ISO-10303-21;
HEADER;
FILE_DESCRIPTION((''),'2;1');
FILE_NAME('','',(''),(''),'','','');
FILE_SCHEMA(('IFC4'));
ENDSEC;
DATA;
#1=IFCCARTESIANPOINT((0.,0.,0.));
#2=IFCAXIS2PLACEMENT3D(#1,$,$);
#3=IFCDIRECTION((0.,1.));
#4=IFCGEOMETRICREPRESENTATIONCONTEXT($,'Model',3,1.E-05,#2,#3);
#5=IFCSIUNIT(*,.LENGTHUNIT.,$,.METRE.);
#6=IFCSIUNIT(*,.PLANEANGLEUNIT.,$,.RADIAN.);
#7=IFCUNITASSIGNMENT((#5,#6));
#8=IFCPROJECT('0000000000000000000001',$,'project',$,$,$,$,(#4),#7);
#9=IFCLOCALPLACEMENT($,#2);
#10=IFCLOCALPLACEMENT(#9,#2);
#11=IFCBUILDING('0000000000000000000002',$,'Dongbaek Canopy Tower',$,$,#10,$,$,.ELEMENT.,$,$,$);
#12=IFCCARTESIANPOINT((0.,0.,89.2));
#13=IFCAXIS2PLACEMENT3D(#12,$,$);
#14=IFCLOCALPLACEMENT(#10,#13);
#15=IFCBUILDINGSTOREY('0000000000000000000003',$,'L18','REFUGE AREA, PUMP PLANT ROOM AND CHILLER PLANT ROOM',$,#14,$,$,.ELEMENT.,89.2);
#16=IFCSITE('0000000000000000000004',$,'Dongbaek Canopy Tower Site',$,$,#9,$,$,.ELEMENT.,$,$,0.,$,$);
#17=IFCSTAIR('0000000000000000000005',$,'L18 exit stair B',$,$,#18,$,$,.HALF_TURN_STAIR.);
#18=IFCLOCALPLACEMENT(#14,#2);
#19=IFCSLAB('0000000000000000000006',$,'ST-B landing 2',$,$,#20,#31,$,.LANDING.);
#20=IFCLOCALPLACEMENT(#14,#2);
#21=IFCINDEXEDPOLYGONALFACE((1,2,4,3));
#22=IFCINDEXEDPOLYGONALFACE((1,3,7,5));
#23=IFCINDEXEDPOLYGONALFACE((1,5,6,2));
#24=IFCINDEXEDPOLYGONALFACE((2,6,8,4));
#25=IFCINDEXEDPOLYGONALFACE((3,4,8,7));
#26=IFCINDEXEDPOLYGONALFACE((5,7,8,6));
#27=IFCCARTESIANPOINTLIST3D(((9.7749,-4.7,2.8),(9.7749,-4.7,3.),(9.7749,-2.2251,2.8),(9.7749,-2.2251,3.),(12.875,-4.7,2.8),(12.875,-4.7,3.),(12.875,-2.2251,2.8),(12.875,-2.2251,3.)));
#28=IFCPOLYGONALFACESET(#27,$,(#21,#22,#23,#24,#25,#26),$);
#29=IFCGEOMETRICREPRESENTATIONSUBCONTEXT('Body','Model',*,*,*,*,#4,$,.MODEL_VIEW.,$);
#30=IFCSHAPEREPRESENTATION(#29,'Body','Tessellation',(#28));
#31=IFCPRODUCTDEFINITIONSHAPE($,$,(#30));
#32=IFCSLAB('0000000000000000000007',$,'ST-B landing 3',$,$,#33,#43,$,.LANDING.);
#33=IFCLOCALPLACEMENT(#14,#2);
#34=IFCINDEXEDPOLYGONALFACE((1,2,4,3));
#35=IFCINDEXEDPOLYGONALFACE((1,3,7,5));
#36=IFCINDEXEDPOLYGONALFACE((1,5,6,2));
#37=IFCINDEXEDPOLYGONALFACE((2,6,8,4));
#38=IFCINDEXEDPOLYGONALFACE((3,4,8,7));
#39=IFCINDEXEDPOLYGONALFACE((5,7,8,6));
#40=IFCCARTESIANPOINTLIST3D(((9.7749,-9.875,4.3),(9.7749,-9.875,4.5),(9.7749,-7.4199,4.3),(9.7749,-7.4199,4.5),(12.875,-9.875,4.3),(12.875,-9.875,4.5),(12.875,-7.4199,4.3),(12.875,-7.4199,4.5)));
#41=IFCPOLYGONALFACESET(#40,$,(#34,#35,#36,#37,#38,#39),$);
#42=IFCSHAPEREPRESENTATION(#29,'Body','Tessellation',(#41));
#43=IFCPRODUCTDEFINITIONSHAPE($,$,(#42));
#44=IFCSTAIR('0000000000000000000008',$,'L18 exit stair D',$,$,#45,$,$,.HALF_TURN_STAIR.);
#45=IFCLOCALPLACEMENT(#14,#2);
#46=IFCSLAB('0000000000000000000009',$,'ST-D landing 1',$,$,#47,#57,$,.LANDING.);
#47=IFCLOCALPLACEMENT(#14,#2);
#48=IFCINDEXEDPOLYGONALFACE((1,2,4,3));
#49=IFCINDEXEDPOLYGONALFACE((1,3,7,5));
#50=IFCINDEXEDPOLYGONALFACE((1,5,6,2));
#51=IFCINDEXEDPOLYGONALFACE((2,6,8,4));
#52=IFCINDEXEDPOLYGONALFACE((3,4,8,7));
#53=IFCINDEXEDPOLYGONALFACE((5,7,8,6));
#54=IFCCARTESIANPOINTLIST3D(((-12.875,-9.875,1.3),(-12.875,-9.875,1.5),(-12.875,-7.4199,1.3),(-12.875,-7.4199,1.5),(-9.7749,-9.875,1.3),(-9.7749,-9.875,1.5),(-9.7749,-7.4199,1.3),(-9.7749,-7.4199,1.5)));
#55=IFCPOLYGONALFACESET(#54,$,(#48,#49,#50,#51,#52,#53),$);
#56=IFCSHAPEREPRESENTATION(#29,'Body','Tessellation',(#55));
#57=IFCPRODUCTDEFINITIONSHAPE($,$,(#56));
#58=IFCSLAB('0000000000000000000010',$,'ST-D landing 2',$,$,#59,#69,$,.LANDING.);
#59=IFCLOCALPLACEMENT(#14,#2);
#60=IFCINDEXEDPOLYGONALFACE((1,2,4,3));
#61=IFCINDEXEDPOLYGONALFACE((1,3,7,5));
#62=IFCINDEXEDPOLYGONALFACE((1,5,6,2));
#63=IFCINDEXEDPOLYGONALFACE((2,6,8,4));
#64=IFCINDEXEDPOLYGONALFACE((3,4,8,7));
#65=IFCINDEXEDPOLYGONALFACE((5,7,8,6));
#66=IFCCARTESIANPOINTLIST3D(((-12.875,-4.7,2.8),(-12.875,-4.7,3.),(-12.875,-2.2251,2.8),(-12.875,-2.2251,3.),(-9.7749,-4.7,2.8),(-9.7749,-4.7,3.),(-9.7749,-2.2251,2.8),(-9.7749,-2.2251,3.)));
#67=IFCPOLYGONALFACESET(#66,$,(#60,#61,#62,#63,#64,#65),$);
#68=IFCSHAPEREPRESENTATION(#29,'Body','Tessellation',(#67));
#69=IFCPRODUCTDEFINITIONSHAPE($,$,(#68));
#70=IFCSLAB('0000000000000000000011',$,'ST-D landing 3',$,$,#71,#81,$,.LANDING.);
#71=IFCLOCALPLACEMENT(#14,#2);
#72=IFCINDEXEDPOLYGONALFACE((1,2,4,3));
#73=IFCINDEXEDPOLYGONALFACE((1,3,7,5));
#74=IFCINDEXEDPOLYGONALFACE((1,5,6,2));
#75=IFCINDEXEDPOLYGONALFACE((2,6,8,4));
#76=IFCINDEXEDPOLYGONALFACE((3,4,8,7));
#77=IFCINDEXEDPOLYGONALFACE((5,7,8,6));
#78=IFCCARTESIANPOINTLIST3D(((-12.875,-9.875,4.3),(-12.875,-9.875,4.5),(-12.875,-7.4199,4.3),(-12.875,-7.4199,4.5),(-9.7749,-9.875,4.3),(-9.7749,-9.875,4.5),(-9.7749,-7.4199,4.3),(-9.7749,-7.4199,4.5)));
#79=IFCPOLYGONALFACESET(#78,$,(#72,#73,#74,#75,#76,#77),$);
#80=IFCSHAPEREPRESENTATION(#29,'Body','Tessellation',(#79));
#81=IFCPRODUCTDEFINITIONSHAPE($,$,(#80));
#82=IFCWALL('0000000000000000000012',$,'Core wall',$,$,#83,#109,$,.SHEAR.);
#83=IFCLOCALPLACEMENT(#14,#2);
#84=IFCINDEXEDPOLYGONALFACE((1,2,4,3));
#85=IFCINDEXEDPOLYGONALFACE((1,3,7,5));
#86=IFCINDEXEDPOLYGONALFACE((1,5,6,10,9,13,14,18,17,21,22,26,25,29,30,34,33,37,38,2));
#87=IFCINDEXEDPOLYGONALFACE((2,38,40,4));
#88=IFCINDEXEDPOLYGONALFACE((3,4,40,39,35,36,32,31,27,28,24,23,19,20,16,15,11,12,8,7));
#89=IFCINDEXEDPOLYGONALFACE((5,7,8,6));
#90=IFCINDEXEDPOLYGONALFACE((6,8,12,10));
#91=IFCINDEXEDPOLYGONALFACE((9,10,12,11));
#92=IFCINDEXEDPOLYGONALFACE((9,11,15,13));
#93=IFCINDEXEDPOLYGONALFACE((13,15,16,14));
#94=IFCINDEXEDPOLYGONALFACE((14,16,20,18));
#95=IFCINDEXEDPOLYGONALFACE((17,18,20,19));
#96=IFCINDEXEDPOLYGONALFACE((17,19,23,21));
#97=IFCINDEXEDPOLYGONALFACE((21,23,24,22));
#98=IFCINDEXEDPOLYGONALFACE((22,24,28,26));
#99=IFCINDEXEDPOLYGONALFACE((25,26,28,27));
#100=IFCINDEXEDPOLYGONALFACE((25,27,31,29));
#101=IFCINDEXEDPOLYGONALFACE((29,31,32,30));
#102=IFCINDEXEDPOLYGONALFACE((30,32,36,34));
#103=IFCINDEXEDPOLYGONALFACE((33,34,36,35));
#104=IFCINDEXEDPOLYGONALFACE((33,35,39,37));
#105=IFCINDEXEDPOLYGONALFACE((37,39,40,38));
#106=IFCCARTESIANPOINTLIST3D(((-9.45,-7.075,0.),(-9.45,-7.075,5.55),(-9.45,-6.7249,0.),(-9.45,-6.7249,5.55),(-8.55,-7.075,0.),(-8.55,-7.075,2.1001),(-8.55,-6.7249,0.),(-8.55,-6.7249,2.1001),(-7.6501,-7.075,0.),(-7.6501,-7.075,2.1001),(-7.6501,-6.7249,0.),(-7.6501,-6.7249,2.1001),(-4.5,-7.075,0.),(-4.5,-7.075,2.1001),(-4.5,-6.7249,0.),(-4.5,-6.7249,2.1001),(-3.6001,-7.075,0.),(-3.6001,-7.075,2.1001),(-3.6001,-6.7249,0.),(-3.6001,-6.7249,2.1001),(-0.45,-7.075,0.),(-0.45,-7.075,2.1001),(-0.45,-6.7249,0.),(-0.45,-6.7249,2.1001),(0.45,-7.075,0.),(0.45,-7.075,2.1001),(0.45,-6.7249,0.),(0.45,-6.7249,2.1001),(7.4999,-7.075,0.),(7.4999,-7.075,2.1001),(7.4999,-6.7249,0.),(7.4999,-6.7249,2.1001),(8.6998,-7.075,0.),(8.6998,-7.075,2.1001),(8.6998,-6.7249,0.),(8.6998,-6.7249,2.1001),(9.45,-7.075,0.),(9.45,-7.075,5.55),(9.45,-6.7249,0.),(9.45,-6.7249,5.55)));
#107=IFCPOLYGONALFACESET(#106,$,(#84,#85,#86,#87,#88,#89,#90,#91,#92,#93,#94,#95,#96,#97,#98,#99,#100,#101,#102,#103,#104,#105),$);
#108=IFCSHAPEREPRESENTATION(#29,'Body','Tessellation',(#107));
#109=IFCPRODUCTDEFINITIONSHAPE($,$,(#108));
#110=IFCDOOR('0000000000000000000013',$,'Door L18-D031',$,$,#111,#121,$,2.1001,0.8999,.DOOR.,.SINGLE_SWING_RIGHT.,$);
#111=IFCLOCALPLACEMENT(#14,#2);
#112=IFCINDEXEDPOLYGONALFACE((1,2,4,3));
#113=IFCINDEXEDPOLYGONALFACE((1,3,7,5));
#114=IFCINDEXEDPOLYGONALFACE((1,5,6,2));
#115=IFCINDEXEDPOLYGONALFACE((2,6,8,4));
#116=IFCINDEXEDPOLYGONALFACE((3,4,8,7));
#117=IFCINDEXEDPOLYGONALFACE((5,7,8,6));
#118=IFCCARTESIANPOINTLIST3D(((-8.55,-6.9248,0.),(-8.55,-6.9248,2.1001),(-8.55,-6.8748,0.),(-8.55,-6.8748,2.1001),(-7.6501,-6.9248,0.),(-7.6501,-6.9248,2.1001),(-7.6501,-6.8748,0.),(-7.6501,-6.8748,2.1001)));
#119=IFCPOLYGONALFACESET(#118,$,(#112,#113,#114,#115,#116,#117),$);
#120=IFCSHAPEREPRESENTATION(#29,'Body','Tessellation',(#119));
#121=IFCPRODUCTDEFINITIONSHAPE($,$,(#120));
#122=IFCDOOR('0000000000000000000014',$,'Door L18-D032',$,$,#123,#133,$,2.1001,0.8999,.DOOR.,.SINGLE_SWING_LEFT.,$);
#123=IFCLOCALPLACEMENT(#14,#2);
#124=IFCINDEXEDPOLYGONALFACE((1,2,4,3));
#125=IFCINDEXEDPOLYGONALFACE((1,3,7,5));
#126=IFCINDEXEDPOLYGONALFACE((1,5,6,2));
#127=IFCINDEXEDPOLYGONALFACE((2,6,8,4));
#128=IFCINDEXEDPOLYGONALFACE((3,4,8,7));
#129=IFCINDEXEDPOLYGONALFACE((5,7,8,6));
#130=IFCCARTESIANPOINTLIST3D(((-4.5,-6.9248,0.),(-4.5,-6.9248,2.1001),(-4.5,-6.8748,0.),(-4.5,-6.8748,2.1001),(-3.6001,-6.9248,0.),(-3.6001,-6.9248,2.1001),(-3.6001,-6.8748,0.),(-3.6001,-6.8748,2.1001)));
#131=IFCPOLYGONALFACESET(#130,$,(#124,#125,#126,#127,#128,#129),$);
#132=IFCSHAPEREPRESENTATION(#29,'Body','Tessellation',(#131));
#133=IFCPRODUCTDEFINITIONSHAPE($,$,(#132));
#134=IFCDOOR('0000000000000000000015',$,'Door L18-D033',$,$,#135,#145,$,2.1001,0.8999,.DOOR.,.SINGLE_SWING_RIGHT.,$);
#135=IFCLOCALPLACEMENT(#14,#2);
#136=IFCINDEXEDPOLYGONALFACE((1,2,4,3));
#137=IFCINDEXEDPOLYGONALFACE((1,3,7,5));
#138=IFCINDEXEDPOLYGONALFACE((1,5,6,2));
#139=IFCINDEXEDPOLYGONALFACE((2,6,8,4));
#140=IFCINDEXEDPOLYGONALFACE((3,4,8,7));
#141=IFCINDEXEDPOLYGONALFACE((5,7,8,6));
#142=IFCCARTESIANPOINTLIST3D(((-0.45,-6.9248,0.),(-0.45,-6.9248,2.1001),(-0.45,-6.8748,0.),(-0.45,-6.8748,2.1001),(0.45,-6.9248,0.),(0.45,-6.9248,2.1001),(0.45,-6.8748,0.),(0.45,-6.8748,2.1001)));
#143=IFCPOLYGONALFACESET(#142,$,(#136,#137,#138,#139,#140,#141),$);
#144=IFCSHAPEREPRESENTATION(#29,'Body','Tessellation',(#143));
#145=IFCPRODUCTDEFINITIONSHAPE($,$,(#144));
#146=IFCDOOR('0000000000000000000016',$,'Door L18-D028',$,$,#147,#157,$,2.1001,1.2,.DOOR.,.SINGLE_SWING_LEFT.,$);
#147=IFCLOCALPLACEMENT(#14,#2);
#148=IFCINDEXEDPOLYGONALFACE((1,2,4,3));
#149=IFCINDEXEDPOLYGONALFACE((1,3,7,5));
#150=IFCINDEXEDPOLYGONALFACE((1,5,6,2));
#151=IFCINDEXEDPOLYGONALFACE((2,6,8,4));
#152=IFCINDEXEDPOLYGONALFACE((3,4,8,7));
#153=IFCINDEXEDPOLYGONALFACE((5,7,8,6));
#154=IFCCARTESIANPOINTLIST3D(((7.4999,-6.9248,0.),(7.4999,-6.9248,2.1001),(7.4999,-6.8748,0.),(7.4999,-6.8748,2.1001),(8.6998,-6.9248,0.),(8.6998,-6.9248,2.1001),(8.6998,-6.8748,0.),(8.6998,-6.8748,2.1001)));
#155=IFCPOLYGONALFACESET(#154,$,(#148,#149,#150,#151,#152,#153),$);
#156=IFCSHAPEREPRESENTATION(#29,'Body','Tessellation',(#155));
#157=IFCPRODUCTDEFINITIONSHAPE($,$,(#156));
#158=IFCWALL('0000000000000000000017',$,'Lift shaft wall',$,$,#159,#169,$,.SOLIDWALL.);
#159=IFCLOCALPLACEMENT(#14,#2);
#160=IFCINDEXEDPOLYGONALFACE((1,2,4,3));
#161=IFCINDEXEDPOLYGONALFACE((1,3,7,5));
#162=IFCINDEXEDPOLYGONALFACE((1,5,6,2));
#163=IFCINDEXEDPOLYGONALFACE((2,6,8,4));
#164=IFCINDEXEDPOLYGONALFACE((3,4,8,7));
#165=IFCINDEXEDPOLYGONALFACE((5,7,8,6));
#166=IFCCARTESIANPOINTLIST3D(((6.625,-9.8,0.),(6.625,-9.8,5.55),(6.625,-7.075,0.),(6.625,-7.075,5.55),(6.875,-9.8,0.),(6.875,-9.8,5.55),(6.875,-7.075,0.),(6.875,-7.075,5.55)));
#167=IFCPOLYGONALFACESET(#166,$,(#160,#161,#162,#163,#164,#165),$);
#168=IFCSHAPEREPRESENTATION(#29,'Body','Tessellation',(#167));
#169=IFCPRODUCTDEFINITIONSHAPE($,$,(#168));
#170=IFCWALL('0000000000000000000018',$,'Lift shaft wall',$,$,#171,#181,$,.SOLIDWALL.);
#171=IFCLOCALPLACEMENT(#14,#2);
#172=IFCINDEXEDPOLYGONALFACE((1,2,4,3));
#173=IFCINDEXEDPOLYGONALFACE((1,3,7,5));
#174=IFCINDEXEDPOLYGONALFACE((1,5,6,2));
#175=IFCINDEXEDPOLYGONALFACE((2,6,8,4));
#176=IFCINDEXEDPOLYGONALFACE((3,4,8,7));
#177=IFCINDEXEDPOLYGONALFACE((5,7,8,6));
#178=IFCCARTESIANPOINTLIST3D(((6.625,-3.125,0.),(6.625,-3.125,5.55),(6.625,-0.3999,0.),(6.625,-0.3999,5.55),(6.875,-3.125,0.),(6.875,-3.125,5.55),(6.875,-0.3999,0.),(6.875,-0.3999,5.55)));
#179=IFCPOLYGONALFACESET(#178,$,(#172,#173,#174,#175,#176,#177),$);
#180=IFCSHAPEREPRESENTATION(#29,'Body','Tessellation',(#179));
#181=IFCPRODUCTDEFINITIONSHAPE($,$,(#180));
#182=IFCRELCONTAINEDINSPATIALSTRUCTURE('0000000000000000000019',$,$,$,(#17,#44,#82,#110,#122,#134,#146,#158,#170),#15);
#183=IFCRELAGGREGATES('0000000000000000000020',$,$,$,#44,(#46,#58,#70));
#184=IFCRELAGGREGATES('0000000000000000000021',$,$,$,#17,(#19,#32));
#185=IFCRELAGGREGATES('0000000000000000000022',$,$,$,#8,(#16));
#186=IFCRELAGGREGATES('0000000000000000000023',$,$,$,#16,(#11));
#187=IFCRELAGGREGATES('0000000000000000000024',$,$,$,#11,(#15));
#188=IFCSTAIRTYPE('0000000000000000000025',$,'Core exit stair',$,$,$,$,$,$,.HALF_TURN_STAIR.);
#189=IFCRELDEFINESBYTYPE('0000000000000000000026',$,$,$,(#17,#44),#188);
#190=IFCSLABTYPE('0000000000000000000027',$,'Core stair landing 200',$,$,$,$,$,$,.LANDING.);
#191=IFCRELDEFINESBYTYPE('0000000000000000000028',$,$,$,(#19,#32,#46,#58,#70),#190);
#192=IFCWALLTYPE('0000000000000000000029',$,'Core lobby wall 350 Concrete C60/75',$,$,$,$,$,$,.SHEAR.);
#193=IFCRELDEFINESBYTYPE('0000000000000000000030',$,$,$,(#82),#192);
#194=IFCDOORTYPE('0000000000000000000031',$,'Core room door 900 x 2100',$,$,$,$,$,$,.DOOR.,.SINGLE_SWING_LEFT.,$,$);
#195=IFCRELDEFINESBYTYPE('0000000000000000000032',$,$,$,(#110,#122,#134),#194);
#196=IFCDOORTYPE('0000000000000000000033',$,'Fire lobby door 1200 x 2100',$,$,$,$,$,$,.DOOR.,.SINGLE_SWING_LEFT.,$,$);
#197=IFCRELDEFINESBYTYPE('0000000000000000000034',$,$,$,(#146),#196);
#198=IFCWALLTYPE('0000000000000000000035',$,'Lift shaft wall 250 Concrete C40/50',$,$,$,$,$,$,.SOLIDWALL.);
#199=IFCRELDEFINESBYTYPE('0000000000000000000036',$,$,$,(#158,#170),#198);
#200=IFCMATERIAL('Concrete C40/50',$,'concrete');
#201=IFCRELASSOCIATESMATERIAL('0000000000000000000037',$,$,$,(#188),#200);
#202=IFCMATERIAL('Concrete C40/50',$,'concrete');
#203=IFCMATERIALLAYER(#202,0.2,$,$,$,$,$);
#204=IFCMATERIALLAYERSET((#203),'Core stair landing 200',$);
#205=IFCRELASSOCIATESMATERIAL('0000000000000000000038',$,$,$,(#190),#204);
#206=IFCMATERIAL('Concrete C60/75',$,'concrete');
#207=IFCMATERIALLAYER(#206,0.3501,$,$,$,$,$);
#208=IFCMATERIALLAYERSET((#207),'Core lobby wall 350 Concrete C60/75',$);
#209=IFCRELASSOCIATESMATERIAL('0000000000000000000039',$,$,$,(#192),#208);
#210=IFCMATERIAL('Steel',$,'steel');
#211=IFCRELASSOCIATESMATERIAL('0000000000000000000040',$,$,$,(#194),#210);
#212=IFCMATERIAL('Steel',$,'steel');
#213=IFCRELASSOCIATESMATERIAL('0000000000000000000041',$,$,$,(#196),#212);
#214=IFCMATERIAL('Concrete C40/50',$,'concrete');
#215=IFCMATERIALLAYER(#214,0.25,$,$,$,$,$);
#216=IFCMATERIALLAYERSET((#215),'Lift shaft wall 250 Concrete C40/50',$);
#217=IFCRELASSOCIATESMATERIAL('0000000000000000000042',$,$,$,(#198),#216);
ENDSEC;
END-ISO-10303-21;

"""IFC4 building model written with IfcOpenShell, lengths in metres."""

from ifc_helpers import new_model, si_unit, direction, frame, frame_2d, origin, place, context, subcontext, project, spatial, polyline, rectangle, outline, extrude, material, layer, layer_set, type_object, element, fill, aggregate, save


model = new_model("IFC4")

# Units and contexts
model_context = context("Model", 3, precision=1e-05, world=origin(), true_north=direction((0.0, 1.0)))
body_context = subcontext(model_context, "Body", "Model", "MODEL_VIEW")
ifc_project = project(units=[si_unit("LENGTHUNIT", "METRE"), si_unit("PLANEANGLEUNIT", "RADIAN")], contexts=[model_context])

# Site, building, storey
site_placement = place(None, origin())
site = spatial("IfcSite", under=ifc_project, at=site_placement, Name="Dongbaek Canopy Tower Site", CompositionType="ELEMENT", RefElevation=0.0)
building_placement = place(site_placement, origin())
building = spatial("IfcBuilding", under=site, at=building_placement, Name="Dongbaek Canopy Tower", CompositionType="ELEMENT")
storey_placement = place(building_placement, frame((0.0, 0.0, 89.2)))
storey = spatial("IfcBuildingStorey", under=building, at=storey_placement, Name="L18", Description="REFUGE AREA, PUMP PLANT ROOM AND CHILLER PLANT ROOM", CompositionType="ELEMENT", Elevation=89.2)

# Stairs, slabs
ifc_material_1 = material(Name="Concrete C40/50", Category="concrete")
stair_type = type_object("IfcStairType", Name="Core exit stair", PredefinedType="HALF_TURN_STAIR", material=ifc_material_1)
stair_1_placement = place(storey_placement, origin())
stair_1 = element("IfcStair", 1, at=stair_1_placement, inside=storey, type_object=stair_type, Name="L18 exit stair B", PredefinedType="HALF_TURN_STAIR")
ifc_material_2 = material(Name="Concrete C40/50", Category="concrete")
ifc_layer_1 = layer(ifc_material_2, 0.2)
ifc_layer_set_1 = layer_set([ifc_layer_1], Name="Core stair landing 200")
slab_type = type_object("IfcSlabType", Name="Core stair landing 200", PredefinedType="LANDING", material=ifc_layer_set_1)
slab_1_placement = place(storey_placement, frame((0.0, 0.0, 2.8)))
slab_1 = element("IfcSlab", 2, at=slab_1_placement, type_object=slab_type, Name="ST-B landing 2", PredefinedType="LANDING", context=body_context, shape_type="SweptSolid", body=[
    extrude(outline(polyline([(9.7749, -2.2251), (9.7749, -4.7), (12.875, -4.7), (12.875, -2.2251), (9.7749, -2.2251)])), origin(), (0.0, 0.0, 1.0), 0.2),
])
slab_2_placement = place(storey_placement, frame((0.0, 0.0, 4.3)))
slab_2 = element("IfcSlab", 3, at=slab_2_placement, type_object=slab_type, Name="ST-B landing 3", PredefinedType="LANDING", context=body_context, shape_type="SweptSolid", body=[
    extrude(outline(polyline([(9.7749, -7.4199), (9.7749, -9.875), (12.875, -9.875), (12.875, -7.4199), (9.7749, -7.4199)])), origin(), (0.0, 0.0, 1.0), 0.2),
])
stair_2_placement = place(storey_placement, origin())
stair_2 = element("IfcStair", 4, at=stair_2_placement, inside=storey, type_object=stair_type, Name="L18 exit stair D", PredefinedType="HALF_TURN_STAIR")
slab_3_placement = place(storey_placement, frame((0.0, 0.0, 1.3)))
slab_3 = element("IfcSlab", 5, at=slab_3_placement, type_object=slab_type, Name="ST-D landing 1", PredefinedType="LANDING", context=body_context, shape_type="SweptSolid", body=[
    extrude(outline(polyline([(-12.875, -7.4199), (-12.875, -9.875), (-9.7749, -9.875), (-9.7749, -7.4199), (-12.875, -7.4199)])), origin(), (0.0, 0.0, 1.0), 0.2),
])
slab_4_placement = place(storey_placement, frame((0.0, 0.0, 2.8)))
slab_4 = element("IfcSlab", 6, at=slab_4_placement, type_object=slab_type, Name="ST-D landing 2", PredefinedType="LANDING", context=body_context, shape_type="SweptSolid", body=[
    extrude(outline(polyline([(-12.875, -2.2251), (-12.875, -4.7), (-9.7749, -4.7), (-9.7749, -2.2251), (-12.875, -2.2251)])), origin(), (0.0, 0.0, 1.0), 0.2),
])
slab_5_placement = place(storey_placement, frame((0.0, 0.0, 4.3)))
slab_5 = element("IfcSlab", 7, at=slab_5_placement, type_object=slab_type, Name="ST-D landing 3", PredefinedType="LANDING", context=body_context, shape_type="SweptSolid", body=[
    extrude(outline(polyline([(-12.875, -7.4199), (-12.875, -9.875), (-9.7749, -9.875), (-9.7749, -7.4199), (-12.875, -7.4199)])), origin(), (0.0, 0.0, 1.0), 0.2),
])
aggregate(stair_2, [slab_3, slab_4, slab_5])

# Wall, openings, doors
ifc_material_3 = material(Name="Concrete C60/75", Category="concrete")
ifc_layer_2 = layer(ifc_material_3, 0.3501)
ifc_layer_set_2 = layer_set([ifc_layer_2], Name="Core lobby wall 350 Concrete C60/75")
wall_type_1 = type_object("IfcWallType", Name="Core lobby wall 350 Concrete C60/75", PredefinedType="SHEAR", material=ifc_layer_set_2)
wall_1_placement = place(storey_placement, frame((9.45, -6.8999, 0.0), z_axis=(0.0, 0.0, 1.0), x_axis=(-1.0, 0.0, 0.0)))
wall_1 = element("IfcWall", 8, at=wall_1_placement, inside=storey, type_object=wall_type_1, Name="Core wall", PredefinedType="SHEAR", context=body_context, shape_type="SweptSolid", body=[
    extrude(rectangle(XDim=18.8999, YDim=0.3501, at=frame_2d((9.45, 0.0))), origin(), (0.0, 0.0, 1.0), 5.55),
])
opening_1_placement = place(wall_1_placement, frame((0.75, 0.0, 0.0)))
opening_1 = element("IfcOpeningElement", 9, at=opening_1_placement, cuts=wall_1, PredefinedType="OPENING", context=body_context, shape_type="SweptSolid", body=[
    extrude(rectangle(XDim=1.2, YDim=2.1001, at=frame_2d((0.6001, 1.05))), frame((0.0, 0.1851, 0.0), z_axis=(0.0, -1.0, 0.0), x_axis=(1.0, 0.0, 0.0)), (0.0, 0.0, 1.0), 0.3701),
])
opening_2_placement = place(wall_1_placement, frame((17.1001, 0.0, 0.0)))
opening_2 = element("IfcOpeningElement", 10, at=opening_2_placement, cuts=wall_1, PredefinedType="OPENING", context=body_context, shape_type="SweptSolid", body=[
    extrude(rectangle(XDim=0.8999, YDim=2.1001, at=frame_2d((0.45, 1.05))), frame((0.0, 0.1851, 0.0), z_axis=(0.0, -1.0, 0.0), x_axis=(1.0, 0.0, 0.0)), (0.0, 0.0, 1.0), 0.3701),
])
opening_3_placement = place(wall_1_placement, frame((13.05, 0.0, 0.0)))
opening_3 = element("IfcOpeningElement", 11, at=opening_3_placement, cuts=wall_1, PredefinedType="OPENING", context=body_context, shape_type="SweptSolid", body=[
    extrude(rectangle(XDim=0.8999, YDim=2.1001, at=frame_2d((0.45, 1.05))), frame((0.0, 0.1851, 0.0), z_axis=(0.0, -1.0, 0.0), x_axis=(1.0, 0.0, 0.0)), (0.0, 0.0, 1.0), 0.3701),
])
opening_4_placement = place(wall_1_placement, frame((9.0, 0.0, 0.0)))
opening_4 = element("IfcOpeningElement", 12, at=opening_4_placement, cuts=wall_1, PredefinedType="OPENING", context=body_context, shape_type="SweptSolid", body=[
    extrude(rectangle(XDim=0.8999, YDim=2.1001, at=frame_2d((0.45, 1.05))), frame((0.0, 0.1851, 0.0), z_axis=(0.0, -1.0, 0.0), x_axis=(1.0, 0.0, 0.0)), (0.0, 0.0, 1.0), 0.3701),
])
ifc_material_4 = material(Name="Steel", Category="steel")
door_type_1 = type_object("IfcDoorType", Name="Core room door 900 x 2100", OperationType="SINGLE_SWING_LEFT", PredefinedType="DOOR", material=ifc_material_4)
door_1_placement = place(opening_2_placement, origin())
door_1 = element("IfcDoor", 13, at=door_1_placement, inside=storey, type_object=door_type_1, Name="Door L18-D031", OperationType="SINGLE_SWING_RIGHT", OverallHeight=2.1001, OverallWidth=0.8999, PredefinedType="DOOR", context=body_context, shape_type="SweptSolid", body=[
    extrude(rectangle(XDim=0.8999, YDim=2.1001, at=frame_2d((0.45, 1.05))), frame((0.0, 0.0249, 0.0), z_axis=(0.0, -1.0, 0.0), x_axis=(1.0, 0.0, 0.0)), (0.0, 0.0, 1.0), 0.05),
])
fill(opening_2, door_1)
door_2_placement = place(opening_3_placement, origin())
door_2 = element("IfcDoor", 14, at=door_2_placement, inside=storey, type_object=door_type_1, Name="Door L18-D032", OperationType="SINGLE_SWING_LEFT", OverallHeight=2.1001, OverallWidth=0.8999, PredefinedType="DOOR", context=body_context, shape_type="SweptSolid", body=[
    extrude(rectangle(XDim=0.8999, YDim=2.1001, at=frame_2d((0.45, 1.05))), frame((0.0, 0.0249, 0.0), z_axis=(0.0, -1.0, 0.0), x_axis=(1.0, 0.0, 0.0)), (0.0, 0.0, 1.0), 0.05),
])
fill(opening_3, door_2)
door_3_placement = place(opening_4_placement, origin())
door_3 = element("IfcDoor", 15, at=door_3_placement, inside=storey, type_object=door_type_1, Name="Door L18-D033", OperationType="SINGLE_SWING_RIGHT", OverallHeight=2.1001, OverallWidth=0.8999, PredefinedType="DOOR", context=body_context, shape_type="SweptSolid", body=[
    extrude(rectangle(XDim=0.8999, YDim=2.1001, at=frame_2d((0.45, 1.05))), frame((0.0, 0.0249, 0.0), z_axis=(0.0, -1.0, 0.0), x_axis=(1.0, 0.0, 0.0)), (0.0, 0.0, 1.0), 0.05),
])
fill(opening_4, door_3)
ifc_material_5 = material(Name="Steel", Category="steel")
door_type_2 = type_object("IfcDoorType", Name="Fire lobby door 1200 x 2100", OperationType="SINGLE_SWING_LEFT", PredefinedType="DOOR", material=ifc_material_5)
door_4_placement = place(opening_1_placement, origin())
door_4 = element("IfcDoor", 16, at=door_4_placement, inside=storey, type_object=door_type_2, Name="Door L18-D028", OperationType="SINGLE_SWING_LEFT", OverallHeight=2.1001, OverallWidth=1.2, PredefinedType="DOOR", context=body_context, shape_type="SweptSolid", body=[
    extrude(rectangle(XDim=1.2, YDim=2.1001, at=frame_2d((0.6001, 1.05))), frame((0.0, 0.0249, 0.0), z_axis=(0.0, -1.0, 0.0), x_axis=(1.0, 0.0, 0.0)), (0.0, 0.0, 1.0), 0.05),
])
fill(opening_1, door_4)

# Walls
ifc_material_6 = material(Name="Concrete C40/50", Category="concrete")
ifc_layer_3 = layer(ifc_material_6, 0.25)
ifc_layer_set_3 = layer_set([ifc_layer_3], Name="Lift shaft wall 250 Concrete C40/50")
wall_type_2 = type_object("IfcWallType", Name="Lift shaft wall 250 Concrete C40/50", PredefinedType="SOLIDWALL", material=ifc_layer_set_3)
for number, where, z_axis, x_axis, name in (
    (17, (6.75, -9.8, 0.0), (0.0, 0.0, 1.0), (0.0, 1.0, 0.0), "Lift shaft wall"),
    (18, (6.75, -3.125, 0.0), (0.0, 0.0, 1.0), (0.0, 1.0, 0.0), "Lift shaft wall"),
):
    element("IfcWall", number, at=place(storey_placement, frame(where, z_axis=z_axis, x_axis=x_axis)), inside=storey, type_object=wall_type_2, Name=name, PredefinedType="SOLIDWALL", context=body_context, shape_type="SweptSolid", body=[
        extrude(rectangle(XDim=2.7251, YDim=0.25, at=frame_2d((1.3625, 0.0))), origin(), (0.0, 0.0, 1.0), 5.55),
    ])

aggregate(stair_1, [slab_1, slab_2])

save(model, "model.ifc")
